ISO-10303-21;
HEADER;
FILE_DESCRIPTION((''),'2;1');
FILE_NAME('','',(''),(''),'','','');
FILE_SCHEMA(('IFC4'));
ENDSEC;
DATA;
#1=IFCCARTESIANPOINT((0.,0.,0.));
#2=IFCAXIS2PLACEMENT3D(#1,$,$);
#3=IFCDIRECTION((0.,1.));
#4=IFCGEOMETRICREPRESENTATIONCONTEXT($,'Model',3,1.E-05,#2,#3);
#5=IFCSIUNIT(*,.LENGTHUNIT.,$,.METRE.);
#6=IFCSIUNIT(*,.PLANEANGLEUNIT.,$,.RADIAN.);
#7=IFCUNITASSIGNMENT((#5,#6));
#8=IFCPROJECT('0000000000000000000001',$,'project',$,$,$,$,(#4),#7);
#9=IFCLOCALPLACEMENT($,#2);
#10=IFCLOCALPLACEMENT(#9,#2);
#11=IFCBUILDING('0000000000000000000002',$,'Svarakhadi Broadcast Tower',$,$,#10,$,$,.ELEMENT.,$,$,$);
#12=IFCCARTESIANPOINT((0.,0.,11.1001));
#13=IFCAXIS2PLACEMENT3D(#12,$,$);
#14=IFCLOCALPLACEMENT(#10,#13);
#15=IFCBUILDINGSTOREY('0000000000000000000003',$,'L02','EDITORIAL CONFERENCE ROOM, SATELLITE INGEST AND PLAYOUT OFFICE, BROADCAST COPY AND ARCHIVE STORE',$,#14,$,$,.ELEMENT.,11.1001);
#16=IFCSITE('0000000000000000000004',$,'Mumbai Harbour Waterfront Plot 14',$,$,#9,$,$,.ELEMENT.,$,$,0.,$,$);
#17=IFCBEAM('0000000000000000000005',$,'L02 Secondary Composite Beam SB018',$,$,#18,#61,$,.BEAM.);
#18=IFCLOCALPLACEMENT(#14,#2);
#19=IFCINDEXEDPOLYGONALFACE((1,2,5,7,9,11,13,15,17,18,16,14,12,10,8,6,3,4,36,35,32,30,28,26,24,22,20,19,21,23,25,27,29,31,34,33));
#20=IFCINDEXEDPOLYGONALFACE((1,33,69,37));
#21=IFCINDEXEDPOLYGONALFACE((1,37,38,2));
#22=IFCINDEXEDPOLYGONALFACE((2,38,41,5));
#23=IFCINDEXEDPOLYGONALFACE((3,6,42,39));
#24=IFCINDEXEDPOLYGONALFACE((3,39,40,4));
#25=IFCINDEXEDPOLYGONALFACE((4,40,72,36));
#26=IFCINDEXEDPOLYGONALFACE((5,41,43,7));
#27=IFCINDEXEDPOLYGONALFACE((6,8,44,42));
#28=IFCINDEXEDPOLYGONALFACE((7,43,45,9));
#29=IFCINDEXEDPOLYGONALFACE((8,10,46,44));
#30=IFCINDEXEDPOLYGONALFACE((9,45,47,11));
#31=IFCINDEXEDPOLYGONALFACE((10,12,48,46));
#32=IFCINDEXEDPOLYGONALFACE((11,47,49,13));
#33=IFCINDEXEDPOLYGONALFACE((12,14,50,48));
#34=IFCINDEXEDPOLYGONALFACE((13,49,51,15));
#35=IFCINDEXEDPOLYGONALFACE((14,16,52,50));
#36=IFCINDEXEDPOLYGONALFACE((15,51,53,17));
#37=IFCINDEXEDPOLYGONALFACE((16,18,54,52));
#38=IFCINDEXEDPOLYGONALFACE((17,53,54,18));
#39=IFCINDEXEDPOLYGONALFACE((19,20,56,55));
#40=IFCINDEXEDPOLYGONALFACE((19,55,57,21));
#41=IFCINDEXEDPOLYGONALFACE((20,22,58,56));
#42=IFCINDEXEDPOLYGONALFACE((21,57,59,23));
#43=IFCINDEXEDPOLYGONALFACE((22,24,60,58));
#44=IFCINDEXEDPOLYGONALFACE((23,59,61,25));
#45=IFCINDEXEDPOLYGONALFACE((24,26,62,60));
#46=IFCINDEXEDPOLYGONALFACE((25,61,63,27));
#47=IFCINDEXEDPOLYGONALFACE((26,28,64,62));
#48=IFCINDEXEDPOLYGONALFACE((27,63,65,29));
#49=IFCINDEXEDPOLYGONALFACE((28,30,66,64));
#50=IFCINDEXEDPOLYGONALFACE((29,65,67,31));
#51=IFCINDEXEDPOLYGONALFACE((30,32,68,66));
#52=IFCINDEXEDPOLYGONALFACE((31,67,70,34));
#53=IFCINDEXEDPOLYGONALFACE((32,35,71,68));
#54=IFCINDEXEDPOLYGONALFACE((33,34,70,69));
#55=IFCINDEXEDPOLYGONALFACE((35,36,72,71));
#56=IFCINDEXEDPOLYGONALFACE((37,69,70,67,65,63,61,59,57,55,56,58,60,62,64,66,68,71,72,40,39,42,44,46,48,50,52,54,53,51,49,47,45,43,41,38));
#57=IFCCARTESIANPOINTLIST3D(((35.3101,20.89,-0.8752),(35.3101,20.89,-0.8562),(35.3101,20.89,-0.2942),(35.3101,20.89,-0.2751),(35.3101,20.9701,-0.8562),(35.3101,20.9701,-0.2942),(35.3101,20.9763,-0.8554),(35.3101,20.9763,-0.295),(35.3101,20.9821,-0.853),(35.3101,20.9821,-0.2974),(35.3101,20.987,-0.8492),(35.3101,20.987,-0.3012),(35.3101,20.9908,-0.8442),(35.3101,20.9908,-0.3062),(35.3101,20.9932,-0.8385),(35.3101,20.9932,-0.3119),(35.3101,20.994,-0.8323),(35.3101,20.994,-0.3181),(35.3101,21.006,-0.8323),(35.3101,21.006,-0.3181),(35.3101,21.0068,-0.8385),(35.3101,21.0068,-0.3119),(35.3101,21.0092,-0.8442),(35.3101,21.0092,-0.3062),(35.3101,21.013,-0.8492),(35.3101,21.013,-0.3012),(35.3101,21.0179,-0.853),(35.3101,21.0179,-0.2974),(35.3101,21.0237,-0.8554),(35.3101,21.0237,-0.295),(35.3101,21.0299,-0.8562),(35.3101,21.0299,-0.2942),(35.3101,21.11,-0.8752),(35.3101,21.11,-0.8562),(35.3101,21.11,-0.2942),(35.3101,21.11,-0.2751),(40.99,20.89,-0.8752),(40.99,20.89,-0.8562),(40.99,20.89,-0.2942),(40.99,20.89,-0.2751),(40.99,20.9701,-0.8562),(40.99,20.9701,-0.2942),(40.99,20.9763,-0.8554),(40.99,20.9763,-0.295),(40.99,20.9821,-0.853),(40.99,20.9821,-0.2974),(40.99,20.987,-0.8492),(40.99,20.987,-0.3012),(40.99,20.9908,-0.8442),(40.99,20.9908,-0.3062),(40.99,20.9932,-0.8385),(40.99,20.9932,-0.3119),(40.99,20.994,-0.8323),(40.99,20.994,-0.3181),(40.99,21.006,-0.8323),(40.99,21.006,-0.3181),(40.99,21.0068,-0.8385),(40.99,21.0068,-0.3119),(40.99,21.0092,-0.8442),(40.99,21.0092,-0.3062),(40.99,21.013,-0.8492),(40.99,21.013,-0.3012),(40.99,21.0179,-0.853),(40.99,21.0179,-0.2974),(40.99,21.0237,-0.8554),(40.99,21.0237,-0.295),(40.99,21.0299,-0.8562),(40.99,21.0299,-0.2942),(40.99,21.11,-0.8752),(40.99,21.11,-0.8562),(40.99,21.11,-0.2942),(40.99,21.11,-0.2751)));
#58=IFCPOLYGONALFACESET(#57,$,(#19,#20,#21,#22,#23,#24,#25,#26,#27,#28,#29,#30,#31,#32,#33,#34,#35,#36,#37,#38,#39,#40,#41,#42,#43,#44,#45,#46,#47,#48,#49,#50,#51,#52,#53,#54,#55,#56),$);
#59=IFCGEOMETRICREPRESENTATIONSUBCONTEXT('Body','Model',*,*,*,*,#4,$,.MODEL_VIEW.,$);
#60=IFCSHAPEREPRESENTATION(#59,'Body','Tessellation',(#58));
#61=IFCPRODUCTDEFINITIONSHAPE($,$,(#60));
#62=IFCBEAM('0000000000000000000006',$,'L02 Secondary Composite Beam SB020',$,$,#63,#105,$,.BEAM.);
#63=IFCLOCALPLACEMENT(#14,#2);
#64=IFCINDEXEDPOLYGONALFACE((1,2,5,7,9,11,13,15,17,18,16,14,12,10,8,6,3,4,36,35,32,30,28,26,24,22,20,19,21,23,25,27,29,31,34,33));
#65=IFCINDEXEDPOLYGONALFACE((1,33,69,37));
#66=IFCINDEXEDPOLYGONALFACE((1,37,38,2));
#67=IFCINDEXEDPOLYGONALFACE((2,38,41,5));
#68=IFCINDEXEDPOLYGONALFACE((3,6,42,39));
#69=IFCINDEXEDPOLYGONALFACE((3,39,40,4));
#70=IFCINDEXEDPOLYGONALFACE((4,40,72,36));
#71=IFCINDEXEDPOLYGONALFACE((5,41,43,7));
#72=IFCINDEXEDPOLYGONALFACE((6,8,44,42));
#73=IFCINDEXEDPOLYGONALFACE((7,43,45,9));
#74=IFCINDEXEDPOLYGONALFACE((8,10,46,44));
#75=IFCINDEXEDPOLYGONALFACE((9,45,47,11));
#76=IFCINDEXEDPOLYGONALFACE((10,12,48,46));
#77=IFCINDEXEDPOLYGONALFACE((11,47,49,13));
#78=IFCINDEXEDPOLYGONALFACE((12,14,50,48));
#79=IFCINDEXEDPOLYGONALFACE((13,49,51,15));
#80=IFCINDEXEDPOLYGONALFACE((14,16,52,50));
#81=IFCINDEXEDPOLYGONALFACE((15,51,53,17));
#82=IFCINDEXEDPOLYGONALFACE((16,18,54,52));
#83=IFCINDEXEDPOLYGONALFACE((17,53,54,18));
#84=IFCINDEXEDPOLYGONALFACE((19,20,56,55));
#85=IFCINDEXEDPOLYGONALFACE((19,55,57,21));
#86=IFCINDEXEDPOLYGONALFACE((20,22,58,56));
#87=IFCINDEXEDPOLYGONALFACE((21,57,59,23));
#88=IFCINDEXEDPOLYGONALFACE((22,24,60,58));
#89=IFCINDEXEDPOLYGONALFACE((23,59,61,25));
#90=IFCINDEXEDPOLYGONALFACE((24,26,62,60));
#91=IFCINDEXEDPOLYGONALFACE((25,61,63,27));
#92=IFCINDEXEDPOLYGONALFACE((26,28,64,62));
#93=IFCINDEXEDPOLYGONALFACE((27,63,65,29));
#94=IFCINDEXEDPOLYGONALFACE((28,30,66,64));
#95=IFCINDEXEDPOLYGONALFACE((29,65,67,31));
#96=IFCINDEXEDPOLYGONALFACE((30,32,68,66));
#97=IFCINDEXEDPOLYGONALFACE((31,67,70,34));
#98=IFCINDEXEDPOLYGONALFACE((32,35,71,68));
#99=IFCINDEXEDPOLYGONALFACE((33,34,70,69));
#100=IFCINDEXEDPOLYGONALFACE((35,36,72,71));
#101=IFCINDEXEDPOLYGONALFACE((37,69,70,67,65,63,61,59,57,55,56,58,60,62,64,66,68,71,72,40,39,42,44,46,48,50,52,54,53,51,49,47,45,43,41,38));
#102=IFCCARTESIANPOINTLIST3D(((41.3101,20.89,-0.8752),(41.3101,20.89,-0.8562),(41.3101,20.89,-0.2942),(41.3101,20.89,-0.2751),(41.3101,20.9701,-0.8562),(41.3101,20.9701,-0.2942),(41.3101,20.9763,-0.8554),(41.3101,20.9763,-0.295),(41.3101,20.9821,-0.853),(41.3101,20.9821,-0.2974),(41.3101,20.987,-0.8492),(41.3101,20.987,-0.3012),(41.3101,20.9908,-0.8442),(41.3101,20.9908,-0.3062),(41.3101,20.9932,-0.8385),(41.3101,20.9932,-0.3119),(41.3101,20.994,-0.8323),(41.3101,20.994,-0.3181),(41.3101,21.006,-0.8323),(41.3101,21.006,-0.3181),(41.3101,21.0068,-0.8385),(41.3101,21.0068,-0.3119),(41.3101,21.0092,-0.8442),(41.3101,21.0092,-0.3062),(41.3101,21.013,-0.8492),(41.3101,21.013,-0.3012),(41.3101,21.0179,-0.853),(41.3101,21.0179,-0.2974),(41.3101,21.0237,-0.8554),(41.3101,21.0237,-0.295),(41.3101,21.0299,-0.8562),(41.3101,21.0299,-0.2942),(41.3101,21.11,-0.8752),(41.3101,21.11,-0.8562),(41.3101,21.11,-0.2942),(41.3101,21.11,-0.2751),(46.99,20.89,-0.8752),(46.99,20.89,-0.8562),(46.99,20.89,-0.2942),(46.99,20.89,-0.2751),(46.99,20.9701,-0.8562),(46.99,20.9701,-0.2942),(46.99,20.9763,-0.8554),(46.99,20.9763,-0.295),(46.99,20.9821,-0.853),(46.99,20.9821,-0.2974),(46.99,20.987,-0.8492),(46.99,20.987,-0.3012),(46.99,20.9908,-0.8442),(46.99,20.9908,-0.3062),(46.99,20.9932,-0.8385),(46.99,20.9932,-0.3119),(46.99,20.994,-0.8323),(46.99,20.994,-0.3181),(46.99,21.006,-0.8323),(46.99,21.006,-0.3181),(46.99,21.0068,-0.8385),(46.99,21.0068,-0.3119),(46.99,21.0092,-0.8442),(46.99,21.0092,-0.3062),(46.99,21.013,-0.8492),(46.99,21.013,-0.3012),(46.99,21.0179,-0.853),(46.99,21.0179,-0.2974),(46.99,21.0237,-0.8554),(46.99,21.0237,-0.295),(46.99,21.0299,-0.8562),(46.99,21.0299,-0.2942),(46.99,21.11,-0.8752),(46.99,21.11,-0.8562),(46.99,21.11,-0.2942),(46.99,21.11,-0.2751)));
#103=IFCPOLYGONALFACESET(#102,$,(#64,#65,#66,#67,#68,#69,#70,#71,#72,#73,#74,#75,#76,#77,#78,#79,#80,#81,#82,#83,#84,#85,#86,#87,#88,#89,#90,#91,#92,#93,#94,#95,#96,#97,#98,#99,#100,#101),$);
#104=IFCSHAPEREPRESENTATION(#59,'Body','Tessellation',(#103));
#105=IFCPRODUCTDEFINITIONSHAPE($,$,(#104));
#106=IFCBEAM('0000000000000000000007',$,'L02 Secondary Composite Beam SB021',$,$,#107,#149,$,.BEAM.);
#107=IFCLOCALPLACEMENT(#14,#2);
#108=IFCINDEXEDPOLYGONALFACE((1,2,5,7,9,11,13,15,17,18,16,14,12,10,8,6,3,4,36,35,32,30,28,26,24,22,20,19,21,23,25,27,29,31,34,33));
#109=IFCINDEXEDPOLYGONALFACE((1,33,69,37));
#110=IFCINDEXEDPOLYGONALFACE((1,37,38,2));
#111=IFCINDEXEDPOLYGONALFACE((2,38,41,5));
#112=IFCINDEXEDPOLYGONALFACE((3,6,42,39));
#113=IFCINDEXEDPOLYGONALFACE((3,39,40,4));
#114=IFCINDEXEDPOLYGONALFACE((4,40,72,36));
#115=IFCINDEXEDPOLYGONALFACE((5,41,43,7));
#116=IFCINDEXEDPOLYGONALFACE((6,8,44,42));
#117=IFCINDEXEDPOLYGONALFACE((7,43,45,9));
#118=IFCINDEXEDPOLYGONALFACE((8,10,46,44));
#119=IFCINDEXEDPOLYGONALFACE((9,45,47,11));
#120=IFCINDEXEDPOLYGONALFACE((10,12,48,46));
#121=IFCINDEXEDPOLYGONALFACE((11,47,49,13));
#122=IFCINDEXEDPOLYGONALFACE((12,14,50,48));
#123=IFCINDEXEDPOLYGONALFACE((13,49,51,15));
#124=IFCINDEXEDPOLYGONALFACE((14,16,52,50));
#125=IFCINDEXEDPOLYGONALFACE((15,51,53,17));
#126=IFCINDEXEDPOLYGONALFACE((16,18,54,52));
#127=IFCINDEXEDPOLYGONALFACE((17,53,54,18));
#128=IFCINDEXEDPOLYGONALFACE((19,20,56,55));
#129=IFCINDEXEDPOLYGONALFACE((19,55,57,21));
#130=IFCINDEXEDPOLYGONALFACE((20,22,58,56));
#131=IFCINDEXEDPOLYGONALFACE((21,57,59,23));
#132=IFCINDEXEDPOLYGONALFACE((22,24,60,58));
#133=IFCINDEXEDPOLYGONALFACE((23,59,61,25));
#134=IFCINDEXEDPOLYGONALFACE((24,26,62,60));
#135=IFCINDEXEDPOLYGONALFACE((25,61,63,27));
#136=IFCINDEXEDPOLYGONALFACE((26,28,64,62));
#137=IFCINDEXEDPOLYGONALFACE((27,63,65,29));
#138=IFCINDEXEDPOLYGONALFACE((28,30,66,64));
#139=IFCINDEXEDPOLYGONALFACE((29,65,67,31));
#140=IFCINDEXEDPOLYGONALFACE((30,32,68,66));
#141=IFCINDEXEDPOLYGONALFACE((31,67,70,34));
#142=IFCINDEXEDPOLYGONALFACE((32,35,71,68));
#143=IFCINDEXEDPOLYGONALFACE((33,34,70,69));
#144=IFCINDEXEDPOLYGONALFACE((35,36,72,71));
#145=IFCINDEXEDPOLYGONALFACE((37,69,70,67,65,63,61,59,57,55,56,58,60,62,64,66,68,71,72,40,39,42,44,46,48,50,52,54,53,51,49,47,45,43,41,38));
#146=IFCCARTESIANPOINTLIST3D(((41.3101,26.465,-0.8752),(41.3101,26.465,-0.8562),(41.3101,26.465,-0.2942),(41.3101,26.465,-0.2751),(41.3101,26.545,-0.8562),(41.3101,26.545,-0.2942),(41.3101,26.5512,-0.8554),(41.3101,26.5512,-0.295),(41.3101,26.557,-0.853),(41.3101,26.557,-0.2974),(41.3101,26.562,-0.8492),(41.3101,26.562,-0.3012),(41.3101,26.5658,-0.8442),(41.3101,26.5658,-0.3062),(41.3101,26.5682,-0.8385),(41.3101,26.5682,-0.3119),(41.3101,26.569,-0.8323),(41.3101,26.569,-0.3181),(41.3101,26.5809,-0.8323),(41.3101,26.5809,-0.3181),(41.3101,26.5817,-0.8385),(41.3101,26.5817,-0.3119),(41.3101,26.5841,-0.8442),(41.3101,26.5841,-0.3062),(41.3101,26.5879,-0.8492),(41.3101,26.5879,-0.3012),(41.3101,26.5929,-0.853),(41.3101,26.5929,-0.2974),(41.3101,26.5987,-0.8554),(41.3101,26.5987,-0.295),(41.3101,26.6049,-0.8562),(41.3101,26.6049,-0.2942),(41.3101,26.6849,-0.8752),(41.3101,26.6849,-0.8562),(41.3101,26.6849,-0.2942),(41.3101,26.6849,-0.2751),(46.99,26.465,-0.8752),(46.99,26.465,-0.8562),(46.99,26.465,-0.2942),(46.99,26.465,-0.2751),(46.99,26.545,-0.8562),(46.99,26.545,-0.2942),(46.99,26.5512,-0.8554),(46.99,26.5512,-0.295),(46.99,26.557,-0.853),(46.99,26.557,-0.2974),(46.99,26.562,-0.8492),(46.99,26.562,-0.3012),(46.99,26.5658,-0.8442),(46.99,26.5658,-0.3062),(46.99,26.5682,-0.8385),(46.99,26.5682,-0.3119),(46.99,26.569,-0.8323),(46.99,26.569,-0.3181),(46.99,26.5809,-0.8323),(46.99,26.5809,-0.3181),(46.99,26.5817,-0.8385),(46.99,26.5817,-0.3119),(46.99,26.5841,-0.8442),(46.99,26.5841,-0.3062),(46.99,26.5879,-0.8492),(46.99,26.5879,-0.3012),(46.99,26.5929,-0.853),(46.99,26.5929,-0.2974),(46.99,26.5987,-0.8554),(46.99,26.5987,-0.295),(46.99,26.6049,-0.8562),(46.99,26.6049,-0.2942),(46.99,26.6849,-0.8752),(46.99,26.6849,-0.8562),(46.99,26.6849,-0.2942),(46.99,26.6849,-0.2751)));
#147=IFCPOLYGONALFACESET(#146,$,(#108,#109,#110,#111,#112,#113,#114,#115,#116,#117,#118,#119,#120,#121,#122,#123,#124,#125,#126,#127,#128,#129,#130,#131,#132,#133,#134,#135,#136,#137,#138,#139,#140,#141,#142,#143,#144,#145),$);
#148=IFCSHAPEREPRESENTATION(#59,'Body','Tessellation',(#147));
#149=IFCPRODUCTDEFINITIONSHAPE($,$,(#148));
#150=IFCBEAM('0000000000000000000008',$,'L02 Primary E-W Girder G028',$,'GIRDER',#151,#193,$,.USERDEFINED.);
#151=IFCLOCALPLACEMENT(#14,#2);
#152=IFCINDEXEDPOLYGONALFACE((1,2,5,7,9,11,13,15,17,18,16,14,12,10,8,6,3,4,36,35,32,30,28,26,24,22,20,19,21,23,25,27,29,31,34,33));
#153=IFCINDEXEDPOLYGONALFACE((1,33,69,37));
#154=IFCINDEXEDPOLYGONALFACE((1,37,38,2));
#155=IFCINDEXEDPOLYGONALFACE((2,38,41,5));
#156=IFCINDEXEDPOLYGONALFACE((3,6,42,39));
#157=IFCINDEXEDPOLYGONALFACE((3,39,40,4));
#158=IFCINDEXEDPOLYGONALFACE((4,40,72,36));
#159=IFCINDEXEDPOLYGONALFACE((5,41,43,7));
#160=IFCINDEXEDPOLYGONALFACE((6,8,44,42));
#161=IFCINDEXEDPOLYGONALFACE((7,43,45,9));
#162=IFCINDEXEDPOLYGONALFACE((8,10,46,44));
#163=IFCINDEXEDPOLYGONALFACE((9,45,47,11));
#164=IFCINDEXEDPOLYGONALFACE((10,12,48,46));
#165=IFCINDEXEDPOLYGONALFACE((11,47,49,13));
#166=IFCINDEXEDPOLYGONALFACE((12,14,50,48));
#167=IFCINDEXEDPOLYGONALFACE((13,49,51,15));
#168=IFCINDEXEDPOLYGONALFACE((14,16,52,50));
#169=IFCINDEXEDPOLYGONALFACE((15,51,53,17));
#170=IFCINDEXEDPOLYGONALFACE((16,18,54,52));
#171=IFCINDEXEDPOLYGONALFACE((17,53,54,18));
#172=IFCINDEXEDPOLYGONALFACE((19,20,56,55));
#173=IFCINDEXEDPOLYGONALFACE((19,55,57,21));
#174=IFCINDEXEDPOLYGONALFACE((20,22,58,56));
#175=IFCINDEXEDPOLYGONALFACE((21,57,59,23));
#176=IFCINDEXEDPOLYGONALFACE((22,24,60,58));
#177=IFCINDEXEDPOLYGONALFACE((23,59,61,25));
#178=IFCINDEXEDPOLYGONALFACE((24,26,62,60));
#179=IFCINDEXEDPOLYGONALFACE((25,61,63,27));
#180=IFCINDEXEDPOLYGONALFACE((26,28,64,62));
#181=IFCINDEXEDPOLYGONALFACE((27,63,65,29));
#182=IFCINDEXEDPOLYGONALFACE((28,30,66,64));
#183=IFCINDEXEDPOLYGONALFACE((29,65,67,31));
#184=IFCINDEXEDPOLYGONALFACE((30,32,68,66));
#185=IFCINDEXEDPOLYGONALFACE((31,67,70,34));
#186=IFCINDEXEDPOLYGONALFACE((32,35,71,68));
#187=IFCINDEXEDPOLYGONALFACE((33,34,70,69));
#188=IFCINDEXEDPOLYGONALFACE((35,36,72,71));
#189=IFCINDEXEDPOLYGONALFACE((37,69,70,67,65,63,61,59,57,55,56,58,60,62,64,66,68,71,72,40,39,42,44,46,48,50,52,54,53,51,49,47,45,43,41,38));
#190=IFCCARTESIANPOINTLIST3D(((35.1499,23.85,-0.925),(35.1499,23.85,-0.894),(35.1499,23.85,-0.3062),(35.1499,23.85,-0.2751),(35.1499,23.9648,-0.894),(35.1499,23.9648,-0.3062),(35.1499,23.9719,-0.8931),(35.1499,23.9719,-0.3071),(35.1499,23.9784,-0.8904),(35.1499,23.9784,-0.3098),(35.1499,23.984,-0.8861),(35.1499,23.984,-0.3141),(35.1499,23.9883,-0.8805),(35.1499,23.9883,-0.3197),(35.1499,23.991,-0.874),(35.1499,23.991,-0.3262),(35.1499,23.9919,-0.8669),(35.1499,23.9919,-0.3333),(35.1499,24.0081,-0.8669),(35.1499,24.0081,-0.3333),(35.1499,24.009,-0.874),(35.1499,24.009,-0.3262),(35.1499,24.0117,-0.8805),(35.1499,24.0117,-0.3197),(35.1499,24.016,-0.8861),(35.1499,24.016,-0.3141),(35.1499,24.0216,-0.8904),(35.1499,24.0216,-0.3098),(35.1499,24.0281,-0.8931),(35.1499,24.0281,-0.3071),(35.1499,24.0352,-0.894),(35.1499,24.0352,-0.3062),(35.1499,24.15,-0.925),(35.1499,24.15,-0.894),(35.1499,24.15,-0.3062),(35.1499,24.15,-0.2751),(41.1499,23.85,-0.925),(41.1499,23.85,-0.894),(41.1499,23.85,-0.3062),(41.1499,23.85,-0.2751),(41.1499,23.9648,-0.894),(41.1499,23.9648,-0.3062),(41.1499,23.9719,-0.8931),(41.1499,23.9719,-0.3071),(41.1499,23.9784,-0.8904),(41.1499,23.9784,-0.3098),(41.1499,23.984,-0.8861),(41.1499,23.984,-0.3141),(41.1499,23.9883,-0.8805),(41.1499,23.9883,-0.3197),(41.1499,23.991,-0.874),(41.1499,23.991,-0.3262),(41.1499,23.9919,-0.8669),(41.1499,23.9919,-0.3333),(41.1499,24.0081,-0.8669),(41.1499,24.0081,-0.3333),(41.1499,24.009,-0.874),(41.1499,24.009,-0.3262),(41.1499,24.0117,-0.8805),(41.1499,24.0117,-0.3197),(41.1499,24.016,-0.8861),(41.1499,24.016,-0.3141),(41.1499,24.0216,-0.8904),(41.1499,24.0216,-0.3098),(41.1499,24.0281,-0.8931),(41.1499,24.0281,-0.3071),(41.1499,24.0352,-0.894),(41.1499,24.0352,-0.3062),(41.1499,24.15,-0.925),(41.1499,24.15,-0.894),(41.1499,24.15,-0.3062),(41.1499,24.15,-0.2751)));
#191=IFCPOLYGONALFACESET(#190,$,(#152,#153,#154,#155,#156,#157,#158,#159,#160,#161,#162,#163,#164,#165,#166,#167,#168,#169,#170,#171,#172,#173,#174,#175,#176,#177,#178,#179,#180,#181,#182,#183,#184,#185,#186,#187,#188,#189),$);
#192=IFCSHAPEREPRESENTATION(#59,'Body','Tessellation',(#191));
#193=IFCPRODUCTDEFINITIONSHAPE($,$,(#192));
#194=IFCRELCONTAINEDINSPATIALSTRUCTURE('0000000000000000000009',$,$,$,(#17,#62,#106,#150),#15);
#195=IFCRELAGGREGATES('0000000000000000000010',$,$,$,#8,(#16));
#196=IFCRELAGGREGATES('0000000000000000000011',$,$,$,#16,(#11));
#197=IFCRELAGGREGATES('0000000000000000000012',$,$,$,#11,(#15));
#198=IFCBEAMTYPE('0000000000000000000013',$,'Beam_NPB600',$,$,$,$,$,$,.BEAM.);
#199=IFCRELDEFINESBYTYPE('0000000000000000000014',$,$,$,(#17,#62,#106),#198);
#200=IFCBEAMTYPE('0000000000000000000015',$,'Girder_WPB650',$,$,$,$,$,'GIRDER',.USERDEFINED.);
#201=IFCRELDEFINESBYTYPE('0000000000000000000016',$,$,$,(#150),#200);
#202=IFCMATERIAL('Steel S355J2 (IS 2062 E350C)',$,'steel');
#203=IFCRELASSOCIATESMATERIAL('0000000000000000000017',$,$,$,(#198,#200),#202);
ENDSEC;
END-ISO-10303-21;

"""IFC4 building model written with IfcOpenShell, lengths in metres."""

from ifc_helpers import new_model, si_unit, direction, frame, origin, origin_2d, place, context, subcontext, project, spatial, i_section, extrude, material, material_profile, profile_set, type_object, element, save


model = new_model("IFC4")

# Units and contexts
model_context = context("Model", 3, precision=1e-05, world=origin(), true_north=direction((0.0, 1.0)))
body_context = subcontext(model_context, "Body", "Model", "MODEL_VIEW")
ifc_project = project(units=[si_unit("LENGTHUNIT", "METRE"), si_unit("PLANEANGLEUNIT", "RADIAN")], contexts=[model_context])

# Site, building, storey
site_placement = place(None, origin())
site = spatial("IfcSite", under=ifc_project, at=site_placement, Name="Mumbai Harbour Waterfront Plot 14", CompositionType="ELEMENT", RefElevation=0.0)
building_placement = place(site_placement, origin())
building = spatial("IfcBuilding", under=site, at=building_placement, Name="Svarakhadi Broadcast Tower", CompositionType="ELEMENT")
storey_placement = place(building_placement, frame((0.0, 0.0, 11.1001)))
storey = spatial("IfcBuildingStorey", under=building, at=storey_placement, Name="L02", Description="EDITORIAL CONFERENCE ROOM, SATELLITE INGEST AND PLAYOUT OFFICE, BROADCAST COPY AND ARCHIVE STORE", CompositionType="ELEMENT", Elevation=11.1001)

# Beams
ifc_material_1 = material(Name="Steel S355J2 (IS 2062 E350C)", Category="steel")
ifc_material_profile_1 = material_profile(ifc_material_1, i_section(OverallWidth=0.22, OverallDepth=0.6001, WebThickness=0.012, FlangeThickness=0.019, FilletRadius=0.0239, at=origin_2d()), Name="NPB 600x220x122")
ifc_profile_set_1 = profile_set([ifc_material_profile_1], Name="Steel S355J2 (IS 2062 E350C)")
beam_type_1 = type_object("IfcBeamType", Name="Beam_NPB600", PredefinedType="BEAM", material=ifc_profile_set_1)
for number, where, z_axis, x_axis, name in (
    (1, (35.3101, 21.0, -0.5752), (1.0, 0.0, 0.0), (0.0, 1.0, 0.0), "L02 Secondary Composite Beam SB018"),
    (2, (41.3101, 21.0, -0.5752), (1.0, 0.0, 0.0), (0.0, 1.0, 0.0), "L02 Secondary Composite Beam SB020"),
    (3, (41.3101, 26.575, -0.5752), (1.0, 0.0, 0.0), (0.0, 1.0, 0.0), "L02 Secondary Composite Beam SB021"),
):
    element("IfcBeam", number, at=place(storey_placement, frame(where, z_axis=z_axis, x_axis=x_axis)), inside=storey, type_object=beam_type_1, Name=name, PredefinedType="BEAM", context=body_context, shape_type="SweptSolid", body=[
        extrude(i_section(OverallWidth=0.22, OverallDepth=0.6001, WebThickness=0.012, FlangeThickness=0.019, FilletRadius=0.0239, at=origin_2d()), origin(), (0.0, 0.0, 1.0), 5.6799),
    ])
ifc_material_profile_2 = material_profile(ifc_material_1, i_section(OverallWidth=0.3, OverallDepth=0.6499, WebThickness=0.0161, FlangeThickness=0.031, FilletRadius=0.0271, at=origin_2d()), Name="WPB 650x300x225")
ifc_profile_set_2 = profile_set([ifc_material_profile_2], Name="Steel S355J2 (IS 2062 E350C)")
beam_type_2 = type_object("IfcBeamType", Name="Girder_WPB650", ElementType="GIRDER", PredefinedType="USERDEFINED", material=ifc_profile_set_2)
for number, where, z_axis, x_axis, name in (
    (4, (35.1499, 24.0, -0.6001), (1.0, 0.0, 0.0), (0.0, 1.0, 0.0), "L02 Primary E-W Girder G028"),
):
    element("IfcBeam", number, at=place(storey_placement, frame(where, z_axis=z_axis, x_axis=x_axis)), inside=storey, type_object=beam_type_2, Name=name, ObjectType="GIRDER", PredefinedType="USERDEFINED", context=body_context, shape_type="SweptSolid", body=[
        extrude(i_section(OverallWidth=0.3, OverallDepth=0.6499, WebThickness=0.0161, FlangeThickness=0.031, FilletRadius=0.0271, at=origin_2d()), origin(), (0.0, 0.0, 1.0), 6.0),
    ])

save(model, "model.ifc")
